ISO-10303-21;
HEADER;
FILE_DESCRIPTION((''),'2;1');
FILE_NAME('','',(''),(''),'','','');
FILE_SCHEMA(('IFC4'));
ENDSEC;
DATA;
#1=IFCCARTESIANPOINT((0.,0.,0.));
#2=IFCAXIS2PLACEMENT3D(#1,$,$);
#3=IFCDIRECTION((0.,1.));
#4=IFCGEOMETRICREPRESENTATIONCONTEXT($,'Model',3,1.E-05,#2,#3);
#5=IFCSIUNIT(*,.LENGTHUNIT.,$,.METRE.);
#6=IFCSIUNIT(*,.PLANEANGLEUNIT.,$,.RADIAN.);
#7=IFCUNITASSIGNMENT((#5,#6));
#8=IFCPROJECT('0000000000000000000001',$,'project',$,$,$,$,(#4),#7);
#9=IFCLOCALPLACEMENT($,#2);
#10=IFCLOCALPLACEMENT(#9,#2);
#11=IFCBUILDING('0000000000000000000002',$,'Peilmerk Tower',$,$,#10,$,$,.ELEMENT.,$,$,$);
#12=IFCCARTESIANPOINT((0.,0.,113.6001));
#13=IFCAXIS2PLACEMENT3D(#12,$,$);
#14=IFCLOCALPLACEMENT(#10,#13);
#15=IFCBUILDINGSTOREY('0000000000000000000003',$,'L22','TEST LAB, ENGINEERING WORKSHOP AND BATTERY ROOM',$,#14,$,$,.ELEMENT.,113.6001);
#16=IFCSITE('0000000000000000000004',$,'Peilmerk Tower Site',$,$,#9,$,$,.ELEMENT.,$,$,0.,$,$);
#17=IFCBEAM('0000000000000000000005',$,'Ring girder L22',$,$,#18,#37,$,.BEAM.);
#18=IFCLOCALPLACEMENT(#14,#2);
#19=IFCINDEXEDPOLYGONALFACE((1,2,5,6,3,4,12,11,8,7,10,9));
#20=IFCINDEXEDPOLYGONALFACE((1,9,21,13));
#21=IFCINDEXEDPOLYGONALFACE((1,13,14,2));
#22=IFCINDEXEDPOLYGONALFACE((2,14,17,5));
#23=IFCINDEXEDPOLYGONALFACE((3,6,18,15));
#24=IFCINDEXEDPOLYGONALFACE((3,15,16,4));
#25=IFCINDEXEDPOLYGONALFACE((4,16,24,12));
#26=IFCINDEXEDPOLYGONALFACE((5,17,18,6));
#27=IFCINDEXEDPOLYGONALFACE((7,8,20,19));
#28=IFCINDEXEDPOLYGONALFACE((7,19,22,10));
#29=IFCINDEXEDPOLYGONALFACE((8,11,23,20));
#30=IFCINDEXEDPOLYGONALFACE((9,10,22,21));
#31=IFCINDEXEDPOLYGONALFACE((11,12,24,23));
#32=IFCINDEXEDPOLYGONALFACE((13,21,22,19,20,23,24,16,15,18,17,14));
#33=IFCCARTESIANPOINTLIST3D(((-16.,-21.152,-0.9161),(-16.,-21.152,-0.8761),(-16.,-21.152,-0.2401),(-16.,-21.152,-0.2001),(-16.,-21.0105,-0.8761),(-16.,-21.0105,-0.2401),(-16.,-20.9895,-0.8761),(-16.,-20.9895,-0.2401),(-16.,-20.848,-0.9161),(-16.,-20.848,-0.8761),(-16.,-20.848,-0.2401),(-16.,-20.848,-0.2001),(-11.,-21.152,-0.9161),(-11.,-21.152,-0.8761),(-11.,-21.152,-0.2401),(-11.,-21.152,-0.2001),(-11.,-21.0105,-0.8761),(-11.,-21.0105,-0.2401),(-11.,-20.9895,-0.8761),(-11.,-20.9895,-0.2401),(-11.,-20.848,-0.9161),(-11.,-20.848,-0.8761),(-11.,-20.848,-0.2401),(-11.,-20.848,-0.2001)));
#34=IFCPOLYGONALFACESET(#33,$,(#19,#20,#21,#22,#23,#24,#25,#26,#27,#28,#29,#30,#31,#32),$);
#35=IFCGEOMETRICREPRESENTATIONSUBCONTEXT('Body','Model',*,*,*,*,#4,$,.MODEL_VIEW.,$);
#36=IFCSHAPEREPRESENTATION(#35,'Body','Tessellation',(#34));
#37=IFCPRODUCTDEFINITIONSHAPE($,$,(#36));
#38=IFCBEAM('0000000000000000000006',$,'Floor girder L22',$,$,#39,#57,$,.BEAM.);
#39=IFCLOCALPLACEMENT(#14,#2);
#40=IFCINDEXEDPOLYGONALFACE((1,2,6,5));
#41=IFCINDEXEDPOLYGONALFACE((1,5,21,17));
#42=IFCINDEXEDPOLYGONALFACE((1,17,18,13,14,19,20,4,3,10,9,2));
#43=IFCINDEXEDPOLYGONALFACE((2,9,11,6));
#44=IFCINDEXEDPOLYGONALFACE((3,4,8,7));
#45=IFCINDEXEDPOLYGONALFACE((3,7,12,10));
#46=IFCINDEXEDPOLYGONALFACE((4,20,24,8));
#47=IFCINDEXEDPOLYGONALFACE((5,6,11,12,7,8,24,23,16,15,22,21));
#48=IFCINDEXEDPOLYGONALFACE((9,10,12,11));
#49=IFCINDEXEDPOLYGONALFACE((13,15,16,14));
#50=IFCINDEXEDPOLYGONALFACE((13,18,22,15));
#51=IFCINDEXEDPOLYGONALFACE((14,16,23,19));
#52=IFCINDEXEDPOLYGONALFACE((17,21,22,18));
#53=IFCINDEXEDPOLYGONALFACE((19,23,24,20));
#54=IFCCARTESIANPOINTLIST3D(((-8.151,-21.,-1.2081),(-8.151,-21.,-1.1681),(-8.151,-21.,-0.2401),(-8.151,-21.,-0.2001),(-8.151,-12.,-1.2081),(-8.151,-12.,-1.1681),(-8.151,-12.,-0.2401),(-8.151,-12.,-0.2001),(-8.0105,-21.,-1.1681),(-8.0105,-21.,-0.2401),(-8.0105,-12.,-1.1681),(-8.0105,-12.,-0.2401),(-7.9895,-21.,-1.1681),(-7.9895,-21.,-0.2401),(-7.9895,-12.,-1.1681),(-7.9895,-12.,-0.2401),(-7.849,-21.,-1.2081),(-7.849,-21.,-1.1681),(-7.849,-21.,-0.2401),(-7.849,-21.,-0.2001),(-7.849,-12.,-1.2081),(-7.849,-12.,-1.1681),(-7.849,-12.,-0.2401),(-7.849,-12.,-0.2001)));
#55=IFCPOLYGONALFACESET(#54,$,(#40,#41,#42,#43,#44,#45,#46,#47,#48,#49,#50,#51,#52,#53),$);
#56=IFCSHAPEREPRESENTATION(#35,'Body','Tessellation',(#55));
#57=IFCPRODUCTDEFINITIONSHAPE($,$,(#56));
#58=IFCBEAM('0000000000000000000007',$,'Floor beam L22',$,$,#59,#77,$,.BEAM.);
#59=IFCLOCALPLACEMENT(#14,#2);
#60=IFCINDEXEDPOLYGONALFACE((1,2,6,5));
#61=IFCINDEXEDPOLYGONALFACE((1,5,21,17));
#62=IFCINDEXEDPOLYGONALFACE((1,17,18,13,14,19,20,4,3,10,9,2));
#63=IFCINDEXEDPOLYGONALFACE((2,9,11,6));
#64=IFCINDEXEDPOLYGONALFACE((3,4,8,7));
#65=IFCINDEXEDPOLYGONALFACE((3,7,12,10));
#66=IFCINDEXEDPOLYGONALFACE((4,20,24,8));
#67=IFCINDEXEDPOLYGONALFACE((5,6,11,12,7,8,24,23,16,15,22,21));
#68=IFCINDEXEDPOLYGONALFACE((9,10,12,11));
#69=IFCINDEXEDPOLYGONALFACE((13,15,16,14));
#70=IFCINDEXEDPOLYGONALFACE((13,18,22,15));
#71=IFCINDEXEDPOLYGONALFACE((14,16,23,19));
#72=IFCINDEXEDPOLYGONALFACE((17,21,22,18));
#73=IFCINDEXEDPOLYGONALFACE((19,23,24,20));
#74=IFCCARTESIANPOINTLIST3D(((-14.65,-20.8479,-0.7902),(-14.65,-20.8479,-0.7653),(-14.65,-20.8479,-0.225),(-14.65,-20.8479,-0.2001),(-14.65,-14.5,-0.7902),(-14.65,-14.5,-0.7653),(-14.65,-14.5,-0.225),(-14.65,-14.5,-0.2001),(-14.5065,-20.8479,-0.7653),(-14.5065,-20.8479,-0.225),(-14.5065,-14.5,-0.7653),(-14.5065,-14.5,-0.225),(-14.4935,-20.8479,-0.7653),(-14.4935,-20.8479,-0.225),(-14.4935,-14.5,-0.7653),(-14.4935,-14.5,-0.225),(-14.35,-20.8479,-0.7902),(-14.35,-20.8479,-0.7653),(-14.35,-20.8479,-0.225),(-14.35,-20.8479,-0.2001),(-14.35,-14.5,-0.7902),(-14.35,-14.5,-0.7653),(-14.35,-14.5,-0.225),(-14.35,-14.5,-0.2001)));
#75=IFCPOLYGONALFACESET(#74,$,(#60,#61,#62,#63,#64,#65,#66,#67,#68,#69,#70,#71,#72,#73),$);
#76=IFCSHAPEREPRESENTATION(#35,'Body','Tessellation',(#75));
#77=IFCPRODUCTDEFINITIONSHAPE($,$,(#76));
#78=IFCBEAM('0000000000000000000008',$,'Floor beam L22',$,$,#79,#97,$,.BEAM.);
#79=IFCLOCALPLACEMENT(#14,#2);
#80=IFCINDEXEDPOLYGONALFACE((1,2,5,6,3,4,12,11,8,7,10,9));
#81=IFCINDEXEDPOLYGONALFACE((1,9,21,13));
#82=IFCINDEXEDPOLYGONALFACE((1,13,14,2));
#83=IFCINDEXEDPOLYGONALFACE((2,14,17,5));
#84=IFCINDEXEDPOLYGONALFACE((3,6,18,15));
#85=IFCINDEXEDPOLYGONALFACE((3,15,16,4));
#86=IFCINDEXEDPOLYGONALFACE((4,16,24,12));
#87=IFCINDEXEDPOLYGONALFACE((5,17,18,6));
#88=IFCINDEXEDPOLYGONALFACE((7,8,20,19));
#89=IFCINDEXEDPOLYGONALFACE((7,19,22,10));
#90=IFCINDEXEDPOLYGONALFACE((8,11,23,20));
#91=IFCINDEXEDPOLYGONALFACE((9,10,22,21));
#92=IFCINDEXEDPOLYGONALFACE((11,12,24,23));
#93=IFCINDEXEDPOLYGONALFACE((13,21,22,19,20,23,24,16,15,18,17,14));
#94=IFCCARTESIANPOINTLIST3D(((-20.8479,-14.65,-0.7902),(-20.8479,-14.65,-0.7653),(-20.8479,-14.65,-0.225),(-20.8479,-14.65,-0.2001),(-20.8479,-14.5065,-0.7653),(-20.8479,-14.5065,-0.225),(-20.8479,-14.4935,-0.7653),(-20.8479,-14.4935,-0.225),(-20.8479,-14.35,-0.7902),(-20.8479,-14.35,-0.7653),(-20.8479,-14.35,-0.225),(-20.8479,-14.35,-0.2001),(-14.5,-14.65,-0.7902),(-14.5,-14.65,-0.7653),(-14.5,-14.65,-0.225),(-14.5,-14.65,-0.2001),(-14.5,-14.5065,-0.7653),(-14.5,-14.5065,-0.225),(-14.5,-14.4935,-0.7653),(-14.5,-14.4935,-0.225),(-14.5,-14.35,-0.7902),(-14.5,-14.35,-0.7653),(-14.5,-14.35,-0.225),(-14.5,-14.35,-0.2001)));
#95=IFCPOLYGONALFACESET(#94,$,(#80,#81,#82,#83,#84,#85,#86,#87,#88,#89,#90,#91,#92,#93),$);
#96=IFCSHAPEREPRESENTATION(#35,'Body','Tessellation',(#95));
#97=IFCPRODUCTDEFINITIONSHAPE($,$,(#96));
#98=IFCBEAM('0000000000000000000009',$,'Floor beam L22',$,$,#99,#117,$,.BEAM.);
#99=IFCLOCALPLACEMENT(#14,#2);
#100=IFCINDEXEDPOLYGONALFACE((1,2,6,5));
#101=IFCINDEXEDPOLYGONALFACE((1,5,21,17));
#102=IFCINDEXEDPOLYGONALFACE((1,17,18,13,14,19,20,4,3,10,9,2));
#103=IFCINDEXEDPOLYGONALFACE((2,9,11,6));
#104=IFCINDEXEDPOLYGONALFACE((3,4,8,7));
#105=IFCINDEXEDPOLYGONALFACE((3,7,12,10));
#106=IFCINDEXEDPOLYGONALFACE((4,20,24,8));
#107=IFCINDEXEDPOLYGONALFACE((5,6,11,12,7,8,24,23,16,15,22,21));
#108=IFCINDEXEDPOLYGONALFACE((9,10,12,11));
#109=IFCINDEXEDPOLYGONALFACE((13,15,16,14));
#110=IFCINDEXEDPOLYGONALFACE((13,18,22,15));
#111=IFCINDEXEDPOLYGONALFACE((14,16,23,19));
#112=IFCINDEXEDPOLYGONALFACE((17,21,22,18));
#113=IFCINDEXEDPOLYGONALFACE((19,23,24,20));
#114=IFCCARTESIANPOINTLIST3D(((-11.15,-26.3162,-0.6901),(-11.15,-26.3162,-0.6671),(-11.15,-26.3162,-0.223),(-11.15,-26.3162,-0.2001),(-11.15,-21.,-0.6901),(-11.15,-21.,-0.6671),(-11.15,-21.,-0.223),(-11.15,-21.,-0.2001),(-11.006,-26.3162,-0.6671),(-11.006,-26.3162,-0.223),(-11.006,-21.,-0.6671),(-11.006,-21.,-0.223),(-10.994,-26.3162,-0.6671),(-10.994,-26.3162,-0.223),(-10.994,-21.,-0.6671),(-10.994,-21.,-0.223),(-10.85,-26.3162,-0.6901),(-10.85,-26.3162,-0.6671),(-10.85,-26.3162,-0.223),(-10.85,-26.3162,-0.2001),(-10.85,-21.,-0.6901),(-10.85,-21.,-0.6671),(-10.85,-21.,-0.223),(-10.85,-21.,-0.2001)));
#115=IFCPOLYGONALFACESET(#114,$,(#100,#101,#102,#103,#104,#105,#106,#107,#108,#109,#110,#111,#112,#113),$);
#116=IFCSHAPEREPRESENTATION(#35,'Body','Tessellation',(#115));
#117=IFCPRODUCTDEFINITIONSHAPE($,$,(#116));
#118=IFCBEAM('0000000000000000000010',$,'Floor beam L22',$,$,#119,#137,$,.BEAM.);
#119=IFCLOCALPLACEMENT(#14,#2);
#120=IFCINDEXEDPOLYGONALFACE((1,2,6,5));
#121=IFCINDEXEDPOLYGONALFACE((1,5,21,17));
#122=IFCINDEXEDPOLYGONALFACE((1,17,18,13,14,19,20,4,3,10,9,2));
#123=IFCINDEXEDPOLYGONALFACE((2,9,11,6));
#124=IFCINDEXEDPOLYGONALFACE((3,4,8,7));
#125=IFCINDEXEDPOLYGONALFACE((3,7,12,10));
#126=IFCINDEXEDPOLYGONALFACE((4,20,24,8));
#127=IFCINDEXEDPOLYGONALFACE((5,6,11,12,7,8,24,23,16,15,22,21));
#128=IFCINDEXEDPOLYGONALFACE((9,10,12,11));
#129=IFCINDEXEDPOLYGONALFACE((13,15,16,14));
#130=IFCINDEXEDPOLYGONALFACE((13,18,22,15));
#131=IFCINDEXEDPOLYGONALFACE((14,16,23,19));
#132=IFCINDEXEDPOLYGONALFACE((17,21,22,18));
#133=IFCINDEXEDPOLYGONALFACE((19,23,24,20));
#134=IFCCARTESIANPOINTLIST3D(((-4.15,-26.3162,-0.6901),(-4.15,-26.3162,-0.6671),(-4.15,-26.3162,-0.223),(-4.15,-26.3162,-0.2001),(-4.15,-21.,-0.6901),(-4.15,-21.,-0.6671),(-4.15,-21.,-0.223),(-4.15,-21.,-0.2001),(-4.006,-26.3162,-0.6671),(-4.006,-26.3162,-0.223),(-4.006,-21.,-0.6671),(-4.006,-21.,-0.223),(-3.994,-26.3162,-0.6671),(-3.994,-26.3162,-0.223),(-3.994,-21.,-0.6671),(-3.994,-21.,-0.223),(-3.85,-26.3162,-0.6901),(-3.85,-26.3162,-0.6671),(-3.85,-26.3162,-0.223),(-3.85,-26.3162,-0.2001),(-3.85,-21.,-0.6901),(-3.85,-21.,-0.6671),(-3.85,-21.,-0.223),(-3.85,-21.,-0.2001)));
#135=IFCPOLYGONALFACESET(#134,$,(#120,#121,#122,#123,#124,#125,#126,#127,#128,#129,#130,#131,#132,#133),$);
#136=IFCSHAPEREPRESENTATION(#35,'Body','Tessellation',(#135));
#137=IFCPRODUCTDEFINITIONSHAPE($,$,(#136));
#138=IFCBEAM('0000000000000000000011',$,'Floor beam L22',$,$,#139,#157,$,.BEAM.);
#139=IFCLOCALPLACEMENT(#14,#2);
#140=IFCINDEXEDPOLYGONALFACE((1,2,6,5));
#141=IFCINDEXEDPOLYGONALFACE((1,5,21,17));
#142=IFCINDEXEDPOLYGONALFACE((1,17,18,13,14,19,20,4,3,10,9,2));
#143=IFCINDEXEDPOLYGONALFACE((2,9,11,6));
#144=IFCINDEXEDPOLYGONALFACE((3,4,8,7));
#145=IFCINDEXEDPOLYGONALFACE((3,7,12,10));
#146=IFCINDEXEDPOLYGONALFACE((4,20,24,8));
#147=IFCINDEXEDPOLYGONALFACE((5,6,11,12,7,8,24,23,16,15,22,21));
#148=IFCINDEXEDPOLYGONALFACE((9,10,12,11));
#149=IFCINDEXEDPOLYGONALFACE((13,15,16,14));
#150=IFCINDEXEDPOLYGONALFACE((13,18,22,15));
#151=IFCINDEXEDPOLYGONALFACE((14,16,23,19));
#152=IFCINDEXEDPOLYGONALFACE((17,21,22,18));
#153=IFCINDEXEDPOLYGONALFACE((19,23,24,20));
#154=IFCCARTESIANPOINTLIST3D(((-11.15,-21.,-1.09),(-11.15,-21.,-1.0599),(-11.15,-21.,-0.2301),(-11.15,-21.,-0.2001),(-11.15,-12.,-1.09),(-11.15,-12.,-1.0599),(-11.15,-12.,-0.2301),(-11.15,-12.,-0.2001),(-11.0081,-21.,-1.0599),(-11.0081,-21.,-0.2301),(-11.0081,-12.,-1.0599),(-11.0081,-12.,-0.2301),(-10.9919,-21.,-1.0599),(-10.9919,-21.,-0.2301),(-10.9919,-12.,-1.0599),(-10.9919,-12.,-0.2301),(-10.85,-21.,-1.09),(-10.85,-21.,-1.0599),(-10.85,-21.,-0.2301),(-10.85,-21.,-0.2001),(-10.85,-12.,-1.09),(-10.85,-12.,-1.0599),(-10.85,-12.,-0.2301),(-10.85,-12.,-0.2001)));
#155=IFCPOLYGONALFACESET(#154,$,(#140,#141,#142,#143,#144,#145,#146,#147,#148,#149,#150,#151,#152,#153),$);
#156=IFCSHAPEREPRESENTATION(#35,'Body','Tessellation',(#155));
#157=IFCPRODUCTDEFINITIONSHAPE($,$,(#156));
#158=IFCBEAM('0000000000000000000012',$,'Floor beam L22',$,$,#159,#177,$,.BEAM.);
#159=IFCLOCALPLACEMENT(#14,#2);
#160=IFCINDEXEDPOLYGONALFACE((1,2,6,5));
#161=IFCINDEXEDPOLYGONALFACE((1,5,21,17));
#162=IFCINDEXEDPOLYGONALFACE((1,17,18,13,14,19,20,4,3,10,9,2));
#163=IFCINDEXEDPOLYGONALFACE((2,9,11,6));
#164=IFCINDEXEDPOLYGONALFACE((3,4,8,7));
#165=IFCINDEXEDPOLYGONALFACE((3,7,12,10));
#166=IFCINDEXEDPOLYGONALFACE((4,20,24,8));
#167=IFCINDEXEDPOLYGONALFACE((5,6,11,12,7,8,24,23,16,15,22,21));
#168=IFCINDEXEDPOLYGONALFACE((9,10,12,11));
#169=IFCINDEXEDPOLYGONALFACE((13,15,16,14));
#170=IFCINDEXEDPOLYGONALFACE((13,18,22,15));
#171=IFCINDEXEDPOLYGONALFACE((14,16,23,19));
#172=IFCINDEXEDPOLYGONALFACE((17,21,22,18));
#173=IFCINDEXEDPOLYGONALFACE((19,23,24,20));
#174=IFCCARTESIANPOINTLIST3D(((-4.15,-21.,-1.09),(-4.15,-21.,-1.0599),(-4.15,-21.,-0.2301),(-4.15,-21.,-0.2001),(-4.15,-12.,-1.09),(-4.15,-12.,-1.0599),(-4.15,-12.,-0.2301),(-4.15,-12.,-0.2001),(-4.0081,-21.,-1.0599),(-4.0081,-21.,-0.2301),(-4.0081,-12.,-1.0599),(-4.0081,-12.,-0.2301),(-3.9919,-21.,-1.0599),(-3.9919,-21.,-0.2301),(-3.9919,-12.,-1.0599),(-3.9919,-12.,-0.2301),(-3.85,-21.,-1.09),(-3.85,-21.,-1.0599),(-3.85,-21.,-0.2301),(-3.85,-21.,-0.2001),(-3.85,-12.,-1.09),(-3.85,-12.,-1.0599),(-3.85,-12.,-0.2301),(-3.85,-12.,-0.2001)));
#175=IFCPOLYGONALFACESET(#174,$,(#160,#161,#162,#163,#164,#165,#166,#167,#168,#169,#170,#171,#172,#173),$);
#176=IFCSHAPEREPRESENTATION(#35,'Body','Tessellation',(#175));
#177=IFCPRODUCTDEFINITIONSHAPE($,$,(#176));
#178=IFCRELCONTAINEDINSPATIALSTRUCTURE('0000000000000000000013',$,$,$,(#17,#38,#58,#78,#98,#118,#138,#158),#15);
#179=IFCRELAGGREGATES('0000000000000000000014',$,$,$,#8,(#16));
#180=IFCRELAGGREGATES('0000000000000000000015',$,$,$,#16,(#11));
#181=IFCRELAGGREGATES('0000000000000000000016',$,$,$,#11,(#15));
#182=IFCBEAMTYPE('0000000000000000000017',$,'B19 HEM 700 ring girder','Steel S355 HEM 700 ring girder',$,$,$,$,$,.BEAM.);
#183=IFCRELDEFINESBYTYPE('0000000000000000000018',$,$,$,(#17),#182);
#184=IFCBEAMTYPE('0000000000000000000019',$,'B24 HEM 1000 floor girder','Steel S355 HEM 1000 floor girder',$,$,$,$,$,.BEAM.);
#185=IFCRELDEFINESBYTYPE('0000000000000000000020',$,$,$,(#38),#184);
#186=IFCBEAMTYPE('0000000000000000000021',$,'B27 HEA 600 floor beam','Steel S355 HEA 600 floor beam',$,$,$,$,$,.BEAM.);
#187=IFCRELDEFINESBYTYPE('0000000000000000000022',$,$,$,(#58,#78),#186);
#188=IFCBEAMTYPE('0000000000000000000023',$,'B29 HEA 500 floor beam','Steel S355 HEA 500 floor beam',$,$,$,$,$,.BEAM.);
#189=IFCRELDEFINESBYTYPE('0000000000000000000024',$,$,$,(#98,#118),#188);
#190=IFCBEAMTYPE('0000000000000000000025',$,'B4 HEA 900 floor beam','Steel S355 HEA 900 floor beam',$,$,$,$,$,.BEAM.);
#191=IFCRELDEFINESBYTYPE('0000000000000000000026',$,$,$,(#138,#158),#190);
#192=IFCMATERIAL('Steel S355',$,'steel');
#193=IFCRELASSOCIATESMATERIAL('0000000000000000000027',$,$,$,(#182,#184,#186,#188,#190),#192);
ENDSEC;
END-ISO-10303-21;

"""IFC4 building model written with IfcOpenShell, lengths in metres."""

from ifc_helpers import new_model, si_unit, direction, frame, origin, origin_2d, place, context, subcontext, project, spatial, i_section, extrude, material, material_profile, profile_set, type_object, element, save


model = new_model("IFC4")

# Units and contexts
model_context = context("Model", 3, precision=1e-05, world=origin(), true_north=direction((0.0, 1.0)))
body_context = subcontext(model_context, "Body", "Model", "MODEL_VIEW")
ifc_project = project(units=[si_unit("LENGTHUNIT", "METRE"), si_unit("PLANEANGLEUNIT", "RADIAN")], contexts=[model_context])

# Site, building, storey
site_placement = place(None, origin())
site = spatial("IfcSite", under=ifc_project, at=site_placement, Name="Peilmerk Tower Site", CompositionType="ELEMENT", RefElevation=0.0)
building_placement = place(site_placement, origin())
building = spatial("IfcBuilding", under=site, at=building_placement, Name="Peilmerk Tower", CompositionType="ELEMENT")
storey_placement = place(building_placement, frame((0.0, 0.0, 113.6001)))
storey = spatial("IfcBuildingStorey", under=building, at=storey_placement, Name="L22", Description="TEST LAB, ENGINEERING WORKSHOP AND BATTERY ROOM", CompositionType="ELEMENT", Elevation=113.6001)

# Beams
ifc_material_1 = material(Name="Steel S355", Category="steel")
ifc_material_profile_1 = material_profile(ifc_material_1, i_section(OverallWidth=0.304, OverallDepth=0.7161, WebThickness=0.021, FlangeThickness=0.04, at=origin_2d()), Name="HEM 700")
ifc_profile_set_1 = profile_set([ifc_material_profile_1], Name="Steel S355")
beam_type_1 = type_object("IfcBeamType", Name="B19 HEM 700 ring girder", Description="Steel S355 HEM 700 ring girder", PredefinedType="BEAM", material=ifc_profile_set_1)
beam_1_placement = place(storey_placement, frame((-16.0, -21.0, -0.5581), z_axis=(1.0, 0.0, 0.0), x_axis=(0.0, 1.0, 0.0)))
element("IfcBeam", 1, at=beam_1_placement, inside=storey, type_object=beam_type_1, Name="Ring girder L22", PredefinedType="BEAM", context=body_context, shape_type="SweptSolid", body=[
    extrude(i_section(OverallWidth=0.304, OverallDepth=0.7161, WebThickness=0.021, FlangeThickness=0.04, at=origin_2d()), origin(), (0.0, 0.0, 1.0), 5.0),
])
ifc_material_profile_2 = material_profile(ifc_material_1, i_section(OverallWidth=0.302, OverallDepth=1.0081, WebThickness=0.021, FlangeThickness=0.04, at=origin_2d()), Name="HEM 1000")
ifc_profile_set_2 = profile_set([ifc_material_profile_2], Name="Steel S355")
beam_type_2 = type_object("IfcBeamType", Name="B24 HEM 1000 floor girder", Description="Steel S355 HEM 1000 floor girder", PredefinedType="BEAM", material=ifc_profile_set_2)
beam_2_placement = place(storey_placement, frame((-8.0, -12.0, -0.7041), z_axis=(0.0, -1.0, 0.0), x_axis=(1.0, 0.0, 0.0)))
element("IfcBeam", 2, at=beam_2_placement, inside=storey, type_object=beam_type_2, Name="Floor girder L22", PredefinedType="BEAM", context=body_context, shape_type="SweptSolid", body=[
    extrude(i_section(OverallWidth=0.302, OverallDepth=1.0081, WebThickness=0.021, FlangeThickness=0.04, at=origin_2d()), origin(), (0.0, 0.0, 1.0), 9.0),
])
ifc_material_profile_3 = material_profile(ifc_material_1, i_section(OverallWidth=0.3, OverallDepth=0.5901, WebThickness=0.0129, FlangeThickness=0.0249, at=origin_2d()), Name="HEA 600")
ifc_profile_set_3 = profile_set([ifc_material_profile_3], Name="Steel S355")
beam_type_3 = type_object("IfcBeamType", Name="B27 HEA 600 floor beam", Description="Steel S355 HEA 600 floor beam", PredefinedType="BEAM", material=ifc_profile_set_3)
for number, where, z_axis, x_axis, name in (
    (3, (-14.5, -14.5, -0.4951), (0.0, -1.0, 0.0), (1.0, 0.0, 0.0), "Floor beam L22"),
    (4, (-14.5, -14.5, -0.4951), (-1.0, 0.0, 0.0), (0.0, -1.0, 0.0), "Floor beam L22"),
):
    element("IfcBeam", number, at=place(storey_placement, frame(where, z_axis=z_axis, x_axis=x_axis)), inside=storey, type_object=beam_type_3, Name=name, PredefinedType="BEAM", context=body_context, shape_type="SweptSolid", body=[
        extrude(i_section(OverallWidth=0.3, OverallDepth=0.5901, WebThickness=0.0129, FlangeThickness=0.0249, at=origin_2d()), origin(), (0.0, 0.0, 1.0), 6.3479),
    ])
ifc_material_profile_4 = material_profile(ifc_material_1, i_section(OverallWidth=0.3, OverallDepth=0.49, WebThickness=0.012, FlangeThickness=0.0229, at=origin_2d()), Name="HEA 500")
ifc_profile_set_4 = profile_set([ifc_material_profile_4], Name="Steel S355")
beam_type_4 = type_object("IfcBeamType", Name="B29 HEA 500 floor beam", Description="Steel S355 HEA 500 floor beam", PredefinedType="BEAM", material=ifc_profile_set_4)
for number, where, z_axis, x_axis, name in (
    (5, (-11.0, -21.0, -0.4451), (0.0, -1.0, 0.0), (1.0, 0.0, 0.0), "Floor beam L22"),
    (6, (-4.0, -21.0, -0.4451), (0.0, -1.0, 0.0), (1.0, 0.0, 0.0), "Floor beam L22"),
):
    element("IfcBeam", number, at=place(storey_placement, frame(where, z_axis=z_axis, x_axis=x_axis)), inside=storey, type_object=beam_type_4, Name=name, PredefinedType="BEAM", context=body_context, shape_type="SweptSolid", body=[
        extrude(i_section(OverallWidth=0.3, OverallDepth=0.49, WebThickness=0.012, FlangeThickness=0.0229, at=origin_2d()), origin(), (0.0, 0.0, 1.0), 5.3162),
    ])
ifc_material_profile_5 = material_profile(ifc_material_1, i_section(OverallWidth=0.3, OverallDepth=0.8899, WebThickness=0.0161, FlangeThickness=0.03, at=origin_2d()), Name="HEA 900")
ifc_profile_set_5 = profile_set([ifc_material_profile_5], Name="Steel S355")
beam_type_5 = type_object("IfcBeamType", Name="B4 HEA 900 floor beam", Description="Steel S355 HEA 900 floor beam", PredefinedType="BEAM", material=ifc_profile_set_5)
for number, where, z_axis, x_axis, name in (
    (7, (-11.0, -12.0, -0.645), (0.0, -1.0, 0.0), (1.0, 0.0, 0.0), "Floor beam L22"),
    (8, (-4.0, -12.0, -0.645), (0.0, -1.0, 0.0), (1.0, 0.0, 0.0), "Floor beam L22"),
):
    element("IfcBeam", number, at=place(storey_placement, frame(where, z_axis=z_axis, x_axis=x_axis)), inside=storey, type_object=beam_type_5, Name=name, PredefinedType="BEAM", context=body_context, shape_type="SweptSolid", body=[
        extrude(i_section(OverallWidth=0.3, OverallDepth=0.8899, WebThickness=0.0161, FlangeThickness=0.03, at=origin_2d()), origin(), (0.0, 0.0, 1.0), 9.0),
    ])

save(model, "model.ifc")
